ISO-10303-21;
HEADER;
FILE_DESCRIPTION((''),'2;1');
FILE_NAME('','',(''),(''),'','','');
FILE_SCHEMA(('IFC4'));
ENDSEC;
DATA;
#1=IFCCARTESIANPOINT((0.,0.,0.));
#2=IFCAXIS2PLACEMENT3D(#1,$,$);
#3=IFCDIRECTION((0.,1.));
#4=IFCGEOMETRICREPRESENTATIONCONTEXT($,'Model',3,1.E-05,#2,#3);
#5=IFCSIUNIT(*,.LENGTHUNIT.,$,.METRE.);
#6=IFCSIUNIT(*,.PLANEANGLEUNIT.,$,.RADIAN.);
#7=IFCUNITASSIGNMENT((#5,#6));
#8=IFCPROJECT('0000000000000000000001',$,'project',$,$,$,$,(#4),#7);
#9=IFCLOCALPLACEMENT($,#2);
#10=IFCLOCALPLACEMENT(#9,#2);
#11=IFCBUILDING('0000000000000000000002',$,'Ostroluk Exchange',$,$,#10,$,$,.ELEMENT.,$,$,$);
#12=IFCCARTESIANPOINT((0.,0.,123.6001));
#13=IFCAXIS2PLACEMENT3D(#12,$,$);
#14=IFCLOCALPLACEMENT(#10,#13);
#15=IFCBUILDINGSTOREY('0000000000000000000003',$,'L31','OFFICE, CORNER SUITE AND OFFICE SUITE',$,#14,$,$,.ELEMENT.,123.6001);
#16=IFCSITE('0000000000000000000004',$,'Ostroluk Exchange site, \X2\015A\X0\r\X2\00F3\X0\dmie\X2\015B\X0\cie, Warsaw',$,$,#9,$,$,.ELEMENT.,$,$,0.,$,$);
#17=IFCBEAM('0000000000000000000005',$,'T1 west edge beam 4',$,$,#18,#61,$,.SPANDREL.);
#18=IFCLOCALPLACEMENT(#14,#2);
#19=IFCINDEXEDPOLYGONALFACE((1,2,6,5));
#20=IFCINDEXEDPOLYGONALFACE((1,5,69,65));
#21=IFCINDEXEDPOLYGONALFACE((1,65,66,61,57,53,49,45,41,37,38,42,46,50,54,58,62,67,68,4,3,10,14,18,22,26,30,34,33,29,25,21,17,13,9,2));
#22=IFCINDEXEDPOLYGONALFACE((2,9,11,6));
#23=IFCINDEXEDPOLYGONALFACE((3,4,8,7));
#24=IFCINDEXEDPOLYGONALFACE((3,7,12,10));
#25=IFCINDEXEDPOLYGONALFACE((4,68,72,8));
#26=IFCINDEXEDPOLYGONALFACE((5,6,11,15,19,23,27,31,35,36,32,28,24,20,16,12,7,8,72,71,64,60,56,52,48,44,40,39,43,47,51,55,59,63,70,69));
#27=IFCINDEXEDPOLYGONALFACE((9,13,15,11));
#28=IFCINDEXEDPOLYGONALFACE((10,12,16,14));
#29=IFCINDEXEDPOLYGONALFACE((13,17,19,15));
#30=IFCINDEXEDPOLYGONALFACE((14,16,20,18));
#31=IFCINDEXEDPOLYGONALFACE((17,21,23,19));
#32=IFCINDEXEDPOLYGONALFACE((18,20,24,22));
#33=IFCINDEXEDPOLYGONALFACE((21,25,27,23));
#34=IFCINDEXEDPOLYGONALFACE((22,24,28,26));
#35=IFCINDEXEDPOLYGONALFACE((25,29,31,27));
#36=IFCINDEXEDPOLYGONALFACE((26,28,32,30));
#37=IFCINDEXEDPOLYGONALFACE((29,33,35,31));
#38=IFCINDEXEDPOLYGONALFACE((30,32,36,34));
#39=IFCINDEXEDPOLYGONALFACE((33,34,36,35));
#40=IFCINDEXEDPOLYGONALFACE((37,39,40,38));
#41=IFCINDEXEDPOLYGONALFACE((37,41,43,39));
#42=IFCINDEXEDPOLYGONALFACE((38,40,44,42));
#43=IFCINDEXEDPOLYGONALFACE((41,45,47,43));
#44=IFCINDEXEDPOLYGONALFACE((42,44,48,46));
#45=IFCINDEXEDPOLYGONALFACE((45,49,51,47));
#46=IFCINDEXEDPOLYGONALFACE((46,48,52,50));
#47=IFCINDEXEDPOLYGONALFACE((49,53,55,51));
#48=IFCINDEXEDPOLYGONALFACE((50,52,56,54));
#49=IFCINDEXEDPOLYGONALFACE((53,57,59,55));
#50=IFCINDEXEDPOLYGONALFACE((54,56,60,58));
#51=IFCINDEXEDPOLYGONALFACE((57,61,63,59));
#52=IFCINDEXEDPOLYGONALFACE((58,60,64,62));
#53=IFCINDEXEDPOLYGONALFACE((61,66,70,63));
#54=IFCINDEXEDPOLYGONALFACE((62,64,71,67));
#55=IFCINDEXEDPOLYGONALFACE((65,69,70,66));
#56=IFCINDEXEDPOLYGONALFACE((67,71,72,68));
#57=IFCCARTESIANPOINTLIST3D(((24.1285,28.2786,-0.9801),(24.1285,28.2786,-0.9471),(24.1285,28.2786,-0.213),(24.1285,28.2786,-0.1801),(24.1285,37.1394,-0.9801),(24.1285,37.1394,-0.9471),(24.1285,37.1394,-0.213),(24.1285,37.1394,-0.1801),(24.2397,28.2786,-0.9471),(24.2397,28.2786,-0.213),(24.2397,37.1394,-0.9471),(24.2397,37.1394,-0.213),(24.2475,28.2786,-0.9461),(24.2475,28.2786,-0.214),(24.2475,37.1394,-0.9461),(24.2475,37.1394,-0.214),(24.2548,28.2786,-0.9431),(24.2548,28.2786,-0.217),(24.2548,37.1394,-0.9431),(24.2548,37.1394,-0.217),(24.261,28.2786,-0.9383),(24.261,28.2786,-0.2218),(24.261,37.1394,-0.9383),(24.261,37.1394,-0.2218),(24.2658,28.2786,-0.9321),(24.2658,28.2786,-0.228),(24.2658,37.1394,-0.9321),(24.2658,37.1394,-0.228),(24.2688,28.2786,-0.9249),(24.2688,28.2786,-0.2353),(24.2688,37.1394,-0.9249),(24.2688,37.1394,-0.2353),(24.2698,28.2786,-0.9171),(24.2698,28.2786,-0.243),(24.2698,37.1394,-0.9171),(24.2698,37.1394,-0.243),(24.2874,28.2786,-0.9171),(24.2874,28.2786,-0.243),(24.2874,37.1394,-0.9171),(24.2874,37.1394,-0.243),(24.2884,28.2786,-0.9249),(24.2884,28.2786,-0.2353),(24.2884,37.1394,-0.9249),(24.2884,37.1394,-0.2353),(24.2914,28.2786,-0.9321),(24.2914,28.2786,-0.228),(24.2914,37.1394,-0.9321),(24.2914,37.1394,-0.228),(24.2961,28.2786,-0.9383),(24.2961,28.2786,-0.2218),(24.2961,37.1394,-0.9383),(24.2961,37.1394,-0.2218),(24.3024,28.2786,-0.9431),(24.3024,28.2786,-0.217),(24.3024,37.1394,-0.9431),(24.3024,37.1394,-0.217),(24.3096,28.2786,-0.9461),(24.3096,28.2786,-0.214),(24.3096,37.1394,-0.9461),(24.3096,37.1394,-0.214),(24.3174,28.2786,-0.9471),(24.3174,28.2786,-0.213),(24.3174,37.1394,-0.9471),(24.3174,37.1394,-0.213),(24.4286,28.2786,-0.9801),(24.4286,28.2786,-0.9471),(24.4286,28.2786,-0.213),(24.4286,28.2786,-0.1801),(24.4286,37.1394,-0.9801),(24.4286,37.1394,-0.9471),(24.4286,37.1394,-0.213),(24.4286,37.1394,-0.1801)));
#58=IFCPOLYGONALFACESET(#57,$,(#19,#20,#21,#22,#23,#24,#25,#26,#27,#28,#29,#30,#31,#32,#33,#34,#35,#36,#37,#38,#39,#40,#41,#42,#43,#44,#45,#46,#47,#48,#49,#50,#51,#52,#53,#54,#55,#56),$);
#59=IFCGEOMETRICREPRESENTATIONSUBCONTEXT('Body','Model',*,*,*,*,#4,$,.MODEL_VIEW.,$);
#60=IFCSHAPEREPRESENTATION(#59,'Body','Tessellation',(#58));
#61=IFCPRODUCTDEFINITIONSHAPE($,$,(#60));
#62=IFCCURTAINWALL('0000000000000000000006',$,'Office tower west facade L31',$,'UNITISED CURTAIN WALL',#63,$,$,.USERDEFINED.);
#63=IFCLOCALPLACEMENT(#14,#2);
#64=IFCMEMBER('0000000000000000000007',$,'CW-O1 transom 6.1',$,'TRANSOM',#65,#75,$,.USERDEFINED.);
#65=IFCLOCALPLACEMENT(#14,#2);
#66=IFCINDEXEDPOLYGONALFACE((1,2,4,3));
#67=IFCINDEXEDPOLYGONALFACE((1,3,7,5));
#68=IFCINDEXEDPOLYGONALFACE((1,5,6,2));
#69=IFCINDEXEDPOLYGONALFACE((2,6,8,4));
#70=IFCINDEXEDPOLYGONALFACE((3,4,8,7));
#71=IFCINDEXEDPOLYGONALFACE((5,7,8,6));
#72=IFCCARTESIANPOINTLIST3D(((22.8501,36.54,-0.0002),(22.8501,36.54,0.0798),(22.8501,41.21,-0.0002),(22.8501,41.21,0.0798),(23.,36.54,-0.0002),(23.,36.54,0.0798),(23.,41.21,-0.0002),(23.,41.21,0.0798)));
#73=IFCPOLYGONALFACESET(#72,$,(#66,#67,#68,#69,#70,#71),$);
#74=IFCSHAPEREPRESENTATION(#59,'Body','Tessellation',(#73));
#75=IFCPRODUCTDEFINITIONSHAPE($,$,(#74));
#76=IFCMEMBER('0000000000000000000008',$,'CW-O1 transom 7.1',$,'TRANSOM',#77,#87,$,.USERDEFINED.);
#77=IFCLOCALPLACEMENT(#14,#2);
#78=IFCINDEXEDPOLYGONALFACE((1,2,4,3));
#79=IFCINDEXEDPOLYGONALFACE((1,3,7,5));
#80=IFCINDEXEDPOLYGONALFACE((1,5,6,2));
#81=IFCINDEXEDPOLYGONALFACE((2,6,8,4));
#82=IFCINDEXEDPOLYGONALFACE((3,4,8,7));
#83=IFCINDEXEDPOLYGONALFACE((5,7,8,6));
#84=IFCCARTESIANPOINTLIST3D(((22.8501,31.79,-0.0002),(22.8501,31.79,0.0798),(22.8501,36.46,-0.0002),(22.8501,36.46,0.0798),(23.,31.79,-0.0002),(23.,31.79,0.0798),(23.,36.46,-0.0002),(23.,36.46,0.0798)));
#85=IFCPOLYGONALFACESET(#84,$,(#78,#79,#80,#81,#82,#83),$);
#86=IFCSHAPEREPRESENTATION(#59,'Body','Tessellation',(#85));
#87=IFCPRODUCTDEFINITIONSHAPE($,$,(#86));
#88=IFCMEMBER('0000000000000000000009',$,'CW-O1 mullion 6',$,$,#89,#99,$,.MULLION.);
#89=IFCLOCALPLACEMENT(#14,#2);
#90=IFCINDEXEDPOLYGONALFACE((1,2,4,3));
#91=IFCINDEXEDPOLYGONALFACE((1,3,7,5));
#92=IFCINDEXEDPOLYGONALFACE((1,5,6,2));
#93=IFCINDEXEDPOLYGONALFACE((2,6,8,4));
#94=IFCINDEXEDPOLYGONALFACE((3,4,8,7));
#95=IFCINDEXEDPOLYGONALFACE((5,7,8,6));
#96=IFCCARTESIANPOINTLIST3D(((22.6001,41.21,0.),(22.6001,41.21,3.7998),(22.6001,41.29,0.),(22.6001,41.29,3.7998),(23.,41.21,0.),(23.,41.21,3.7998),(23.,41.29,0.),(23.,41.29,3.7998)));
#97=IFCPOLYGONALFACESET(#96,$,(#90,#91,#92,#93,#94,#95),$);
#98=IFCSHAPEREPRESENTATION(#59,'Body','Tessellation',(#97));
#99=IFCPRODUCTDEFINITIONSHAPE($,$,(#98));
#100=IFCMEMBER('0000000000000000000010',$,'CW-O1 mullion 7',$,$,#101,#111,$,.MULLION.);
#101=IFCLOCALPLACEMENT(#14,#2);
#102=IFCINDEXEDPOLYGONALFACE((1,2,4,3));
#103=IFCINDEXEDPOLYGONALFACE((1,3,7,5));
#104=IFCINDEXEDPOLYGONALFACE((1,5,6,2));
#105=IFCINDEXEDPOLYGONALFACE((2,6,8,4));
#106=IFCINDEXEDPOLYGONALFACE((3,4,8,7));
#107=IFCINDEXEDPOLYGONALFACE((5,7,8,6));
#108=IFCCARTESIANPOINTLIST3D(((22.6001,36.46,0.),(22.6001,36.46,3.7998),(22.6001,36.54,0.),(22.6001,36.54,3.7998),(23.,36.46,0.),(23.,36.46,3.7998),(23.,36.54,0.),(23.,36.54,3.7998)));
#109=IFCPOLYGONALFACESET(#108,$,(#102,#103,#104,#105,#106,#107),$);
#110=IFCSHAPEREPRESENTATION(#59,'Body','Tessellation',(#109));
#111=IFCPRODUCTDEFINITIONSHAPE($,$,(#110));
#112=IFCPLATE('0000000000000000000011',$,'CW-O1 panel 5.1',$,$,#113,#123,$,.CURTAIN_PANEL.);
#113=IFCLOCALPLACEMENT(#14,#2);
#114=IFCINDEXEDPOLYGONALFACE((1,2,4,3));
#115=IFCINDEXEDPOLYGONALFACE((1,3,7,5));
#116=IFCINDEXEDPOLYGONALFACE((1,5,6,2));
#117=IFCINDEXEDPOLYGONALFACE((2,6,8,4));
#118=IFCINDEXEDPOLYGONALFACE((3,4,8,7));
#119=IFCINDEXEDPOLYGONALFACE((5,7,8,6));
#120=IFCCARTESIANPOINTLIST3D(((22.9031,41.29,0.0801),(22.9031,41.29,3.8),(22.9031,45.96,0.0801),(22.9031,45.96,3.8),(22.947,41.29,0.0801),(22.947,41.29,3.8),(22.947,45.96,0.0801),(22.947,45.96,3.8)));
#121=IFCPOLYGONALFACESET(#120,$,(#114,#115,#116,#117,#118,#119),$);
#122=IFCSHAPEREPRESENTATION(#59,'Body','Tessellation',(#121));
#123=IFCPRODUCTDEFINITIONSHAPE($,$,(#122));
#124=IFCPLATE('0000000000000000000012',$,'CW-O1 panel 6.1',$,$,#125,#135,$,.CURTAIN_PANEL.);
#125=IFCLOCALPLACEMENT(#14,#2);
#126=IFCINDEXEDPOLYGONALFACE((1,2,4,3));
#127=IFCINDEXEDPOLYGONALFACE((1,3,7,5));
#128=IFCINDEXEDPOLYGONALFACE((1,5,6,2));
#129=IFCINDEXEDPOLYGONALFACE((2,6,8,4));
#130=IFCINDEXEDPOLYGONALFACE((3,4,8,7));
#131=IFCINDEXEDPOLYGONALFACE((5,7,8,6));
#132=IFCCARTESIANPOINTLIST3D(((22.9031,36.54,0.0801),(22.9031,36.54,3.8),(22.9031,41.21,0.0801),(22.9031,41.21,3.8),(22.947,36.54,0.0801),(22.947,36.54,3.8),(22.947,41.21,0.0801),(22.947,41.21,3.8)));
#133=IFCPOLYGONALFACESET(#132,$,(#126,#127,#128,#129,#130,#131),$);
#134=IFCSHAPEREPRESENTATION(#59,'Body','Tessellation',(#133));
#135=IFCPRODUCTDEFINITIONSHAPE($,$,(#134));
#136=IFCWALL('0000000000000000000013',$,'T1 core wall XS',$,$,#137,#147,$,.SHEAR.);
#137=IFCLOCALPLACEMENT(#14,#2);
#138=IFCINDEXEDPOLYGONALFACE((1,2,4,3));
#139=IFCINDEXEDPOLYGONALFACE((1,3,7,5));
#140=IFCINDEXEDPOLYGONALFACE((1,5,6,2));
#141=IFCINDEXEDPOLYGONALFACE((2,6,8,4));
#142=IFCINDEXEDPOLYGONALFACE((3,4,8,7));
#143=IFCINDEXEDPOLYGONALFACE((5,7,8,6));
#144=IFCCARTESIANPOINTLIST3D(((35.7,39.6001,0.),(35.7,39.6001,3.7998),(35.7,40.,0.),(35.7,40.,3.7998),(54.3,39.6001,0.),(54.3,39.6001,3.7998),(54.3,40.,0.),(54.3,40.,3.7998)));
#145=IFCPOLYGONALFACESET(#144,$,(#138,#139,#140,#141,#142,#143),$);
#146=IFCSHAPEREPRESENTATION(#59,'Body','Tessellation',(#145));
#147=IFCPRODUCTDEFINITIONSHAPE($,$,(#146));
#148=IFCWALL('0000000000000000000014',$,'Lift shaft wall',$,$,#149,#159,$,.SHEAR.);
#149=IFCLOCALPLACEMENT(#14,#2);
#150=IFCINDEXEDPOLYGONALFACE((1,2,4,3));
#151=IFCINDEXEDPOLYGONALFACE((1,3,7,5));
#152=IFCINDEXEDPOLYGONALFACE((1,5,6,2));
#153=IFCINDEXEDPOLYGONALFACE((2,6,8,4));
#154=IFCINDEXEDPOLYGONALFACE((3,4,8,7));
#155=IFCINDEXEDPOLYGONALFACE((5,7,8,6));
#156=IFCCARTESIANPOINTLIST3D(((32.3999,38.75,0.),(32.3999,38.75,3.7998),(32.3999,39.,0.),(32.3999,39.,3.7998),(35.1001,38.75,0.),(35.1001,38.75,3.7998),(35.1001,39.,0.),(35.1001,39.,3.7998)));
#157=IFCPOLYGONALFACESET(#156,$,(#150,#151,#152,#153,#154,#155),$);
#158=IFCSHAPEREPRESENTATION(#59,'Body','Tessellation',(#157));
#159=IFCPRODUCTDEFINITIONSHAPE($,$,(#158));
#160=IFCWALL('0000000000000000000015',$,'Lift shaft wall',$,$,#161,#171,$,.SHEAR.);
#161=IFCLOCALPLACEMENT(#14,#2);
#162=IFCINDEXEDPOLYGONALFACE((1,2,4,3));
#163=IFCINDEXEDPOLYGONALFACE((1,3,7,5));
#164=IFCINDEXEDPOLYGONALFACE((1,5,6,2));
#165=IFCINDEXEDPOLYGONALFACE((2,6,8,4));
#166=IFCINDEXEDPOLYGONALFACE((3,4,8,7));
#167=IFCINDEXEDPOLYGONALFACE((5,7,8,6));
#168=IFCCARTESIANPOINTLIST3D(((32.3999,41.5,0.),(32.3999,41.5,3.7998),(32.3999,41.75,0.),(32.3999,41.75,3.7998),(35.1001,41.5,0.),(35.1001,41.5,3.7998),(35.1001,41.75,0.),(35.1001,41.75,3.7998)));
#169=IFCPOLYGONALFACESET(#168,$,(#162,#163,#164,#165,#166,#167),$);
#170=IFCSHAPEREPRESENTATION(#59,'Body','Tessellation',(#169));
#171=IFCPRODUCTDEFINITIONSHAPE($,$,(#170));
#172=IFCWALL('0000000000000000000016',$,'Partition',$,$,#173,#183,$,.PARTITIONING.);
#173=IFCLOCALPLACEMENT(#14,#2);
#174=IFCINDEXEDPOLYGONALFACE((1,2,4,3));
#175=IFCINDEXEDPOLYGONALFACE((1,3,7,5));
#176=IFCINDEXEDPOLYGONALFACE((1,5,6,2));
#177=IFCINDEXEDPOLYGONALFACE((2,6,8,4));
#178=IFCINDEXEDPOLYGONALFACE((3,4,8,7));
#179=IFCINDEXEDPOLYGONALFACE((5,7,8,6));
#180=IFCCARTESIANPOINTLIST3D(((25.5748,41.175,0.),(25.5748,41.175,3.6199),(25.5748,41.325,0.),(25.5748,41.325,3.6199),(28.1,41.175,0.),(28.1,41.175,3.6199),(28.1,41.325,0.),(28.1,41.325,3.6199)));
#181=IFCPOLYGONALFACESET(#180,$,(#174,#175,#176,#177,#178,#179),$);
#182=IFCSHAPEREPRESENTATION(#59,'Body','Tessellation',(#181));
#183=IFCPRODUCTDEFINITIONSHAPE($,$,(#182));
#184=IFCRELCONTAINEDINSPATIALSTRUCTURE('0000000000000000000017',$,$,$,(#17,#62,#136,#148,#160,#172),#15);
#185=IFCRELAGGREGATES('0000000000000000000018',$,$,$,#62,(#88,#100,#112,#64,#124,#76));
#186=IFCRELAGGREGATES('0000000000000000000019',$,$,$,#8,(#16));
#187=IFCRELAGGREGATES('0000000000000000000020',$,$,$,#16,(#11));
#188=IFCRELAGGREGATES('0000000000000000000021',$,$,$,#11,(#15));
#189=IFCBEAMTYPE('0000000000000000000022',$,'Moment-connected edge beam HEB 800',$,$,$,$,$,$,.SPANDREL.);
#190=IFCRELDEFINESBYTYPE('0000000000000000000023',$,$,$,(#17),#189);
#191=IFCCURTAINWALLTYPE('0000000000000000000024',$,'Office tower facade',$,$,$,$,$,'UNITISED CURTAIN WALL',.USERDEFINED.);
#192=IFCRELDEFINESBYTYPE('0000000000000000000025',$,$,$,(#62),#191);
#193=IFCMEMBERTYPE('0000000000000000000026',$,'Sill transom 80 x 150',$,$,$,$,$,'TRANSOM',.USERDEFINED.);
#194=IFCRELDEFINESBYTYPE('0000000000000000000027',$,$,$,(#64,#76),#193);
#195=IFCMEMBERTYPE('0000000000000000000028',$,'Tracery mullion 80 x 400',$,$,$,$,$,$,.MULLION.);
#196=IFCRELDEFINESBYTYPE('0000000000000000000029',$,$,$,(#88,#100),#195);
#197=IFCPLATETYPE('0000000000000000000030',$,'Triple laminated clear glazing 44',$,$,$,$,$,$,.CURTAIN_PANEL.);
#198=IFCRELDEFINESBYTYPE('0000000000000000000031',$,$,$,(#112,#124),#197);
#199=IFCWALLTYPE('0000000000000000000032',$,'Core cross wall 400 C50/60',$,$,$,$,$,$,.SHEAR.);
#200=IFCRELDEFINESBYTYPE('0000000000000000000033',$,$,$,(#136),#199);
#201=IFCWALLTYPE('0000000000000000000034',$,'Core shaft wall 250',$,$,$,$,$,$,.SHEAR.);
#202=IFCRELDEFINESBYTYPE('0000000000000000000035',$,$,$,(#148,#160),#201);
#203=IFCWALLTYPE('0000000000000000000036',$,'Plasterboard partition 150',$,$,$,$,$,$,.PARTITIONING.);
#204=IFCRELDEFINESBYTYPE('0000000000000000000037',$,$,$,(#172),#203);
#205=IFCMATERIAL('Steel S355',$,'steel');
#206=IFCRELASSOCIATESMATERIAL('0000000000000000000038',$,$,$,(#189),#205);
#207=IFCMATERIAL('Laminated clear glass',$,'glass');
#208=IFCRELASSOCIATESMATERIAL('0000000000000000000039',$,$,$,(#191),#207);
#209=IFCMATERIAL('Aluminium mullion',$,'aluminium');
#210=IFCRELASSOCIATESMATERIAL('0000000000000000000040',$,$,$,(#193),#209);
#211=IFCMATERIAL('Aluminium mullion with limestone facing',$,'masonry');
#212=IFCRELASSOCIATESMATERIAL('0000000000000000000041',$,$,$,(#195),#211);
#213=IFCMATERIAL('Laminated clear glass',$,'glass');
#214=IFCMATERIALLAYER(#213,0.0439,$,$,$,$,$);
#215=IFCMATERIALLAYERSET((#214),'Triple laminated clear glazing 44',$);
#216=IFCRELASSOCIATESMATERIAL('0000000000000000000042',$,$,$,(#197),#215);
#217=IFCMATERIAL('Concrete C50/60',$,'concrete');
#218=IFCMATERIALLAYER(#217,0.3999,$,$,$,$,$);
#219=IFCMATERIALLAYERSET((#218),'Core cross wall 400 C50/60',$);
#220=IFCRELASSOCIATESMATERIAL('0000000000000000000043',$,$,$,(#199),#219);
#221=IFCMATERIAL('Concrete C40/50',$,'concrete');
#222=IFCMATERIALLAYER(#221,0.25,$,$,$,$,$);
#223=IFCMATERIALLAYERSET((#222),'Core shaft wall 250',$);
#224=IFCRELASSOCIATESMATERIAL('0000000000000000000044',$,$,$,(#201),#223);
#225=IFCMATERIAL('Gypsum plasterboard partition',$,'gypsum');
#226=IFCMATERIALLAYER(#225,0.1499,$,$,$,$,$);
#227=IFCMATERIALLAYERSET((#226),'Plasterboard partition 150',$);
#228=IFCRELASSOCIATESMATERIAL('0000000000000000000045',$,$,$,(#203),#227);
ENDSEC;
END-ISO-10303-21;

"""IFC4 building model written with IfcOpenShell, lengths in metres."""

from ifc_helpers import new_model, si_unit, direction, frame, frame_2d, origin, origin_2d, place, context, subcontext, project, spatial, rectangle, i_section, extrude, material, layer, layer_set, material_profile, profile_set, type_object, element, aggregate, save


model = new_model("IFC4")

# Units and contexts
model_context = context("Model", 3, precision=1e-05, world=origin(), true_north=direction((0.0, 1.0)))
body_context = subcontext(model_context, "Body", "Model", "MODEL_VIEW")
ifc_project = project(units=[si_unit("LENGTHUNIT", "METRE"), si_unit("PLANEANGLEUNIT", "RADIAN")], contexts=[model_context])

# Site, building, storey
site_placement = place(None, origin())
site = spatial("IfcSite", under=ifc_project, at=site_placement, Name="Ostroluk Exchange site, Śródmieście, Warsaw", CompositionType="ELEMENT", RefElevation=0.0)
building_placement = place(site_placement, origin())
building = spatial("IfcBuilding", under=site, at=building_placement, Name="Ostroluk Exchange", CompositionType="ELEMENT")
storey_placement = place(building_placement, frame((0.0, 0.0, 123.6001)))
storey = spatial("IfcBuildingStorey", under=building, at=storey_placement, Name="L31", Description="OFFICE, CORNER SUITE AND OFFICE SUITE", CompositionType="ELEMENT", Elevation=123.6001)

# Beam
ifc_material_1 = material(Name="Steel S355", Category="steel")
ifc_material_profile_1 = material_profile(ifc_material_1, i_section(OverallWidth=0.3, OverallDepth=0.8, WebThickness=0.0176, FlangeThickness=0.033, FilletRadius=0.03, at=origin_2d()), Name="HEB 800")
ifc_profile_set_1 = profile_set([ifc_material_profile_1], Name="Steel S355")
beam_type_1 = type_object("IfcBeamType", Name="Moment-connected edge beam HEB 800", PredefinedType="SPANDREL", material=ifc_profile_set_1)
beam_1_placement = place(storey_placement, frame((24.2786, 37.1394, -0.5801), z_axis=(0.0, -1.0, 0.0), x_axis=(1.0, 0.0, 0.0)))
element("IfcBeam", 1, at=beam_1_placement, inside=storey, type_object=beam_type_1, Name="T1 west edge beam 4", PredefinedType="SPANDREL", context=body_context, shape_type="SweptSolid", body=[
    extrude(i_section(OverallWidth=0.3, OverallDepth=0.8, WebThickness=0.0176, FlangeThickness=0.033, FilletRadius=0.03, at=origin_2d()), origin(), (0.0, 0.0, 1.0), 8.8608),
])

# Curtain wall, members, plates
ifc_material_2 = material(Name="Laminated clear glass", Category="glass")
curtain_wall_type = type_object("IfcCurtainWallType", Name="Office tower facade", ElementType="UNITISED CURTAIN WALL", PredefinedType="USERDEFINED", material=ifc_material_2)
curtain_wall_placement = place(storey_placement, origin())
curtain_wall = element("IfcCurtainWall", 2, at=curtain_wall_placement, inside=storey, type_object=curtain_wall_type, Name="Office tower west facade L31", ObjectType="UNITISED CURTAIN WALL", PredefinedType="USERDEFINED")
ifc_material_3 = material(Name="Aluminium mullion", Category="aluminium")
ifc_material_profile_2 = material_profile(ifc_material_3, rectangle(XDim=0.1499, YDim=0.0801, at=origin_2d()), Name="Sill transom 80 x 150")
ifc_profile_set_2 = profile_set([ifc_material_profile_2], Name="Aluminium mullion")
member_type_1 = type_object("IfcMemberType", Name="Sill transom 80 x 150", ElementType="TRANSOM", PredefinedType="USERDEFINED", material=ifc_profile_set_2)
member_1_placement = place(storey_placement, frame((22.925, 41.21, 0.0398), z_axis=(0.0, -1.0, 0.0), x_axis=(1.0, 0.0, 0.0)))
member_1 = element("IfcMember", 3, at=member_1_placement, type_object=member_type_1, Name="CW-O1 transom 6.1", ObjectType="TRANSOM", PredefinedType="USERDEFINED", context=body_context, shape_type="SweptSolid", body=[
    extrude(rectangle(XDim=0.1499, YDim=0.0801, at=origin_2d()), origin(), (0.0, 0.0, 1.0), 4.6699),
])
member_2_placement = place(storey_placement, frame((22.925, 36.46, 0.0398), z_axis=(0.0, -1.0, 0.0), x_axis=(1.0, 0.0, 0.0)))
member_2 = element("IfcMember", 4, at=member_2_placement, type_object=member_type_1, Name="CW-O1 transom 7.1", ObjectType="TRANSOM", PredefinedType="USERDEFINED", context=body_context, shape_type="SweptSolid", body=[
    extrude(rectangle(XDim=0.1499, YDim=0.0801, at=origin_2d()), origin(), (0.0, 0.0, 1.0), 4.6699),
])
ifc_material_4 = material(Name="Aluminium mullion with limestone facing", Category="masonry")
ifc_material_profile_3 = material_profile(ifc_material_4, rectangle(XDim=0.3999, YDim=0.0801, at=origin_2d()), Name="Tracery mullion 80 x 400")
ifc_profile_set_3 = profile_set([ifc_material_profile_3], Name="Aluminium mullion with limestone facing")
member_type_2 = type_object("IfcMemberType", Name="Tracery mullion 80 x 400", PredefinedType="MULLION", material=ifc_profile_set_3)
member_3_placement = place(storey_placement, frame((22.8, 41.25, 0.0), z_axis=(0.0, 0.0, 1.0), x_axis=(1.0, 0.0, 0.0)))
member_3 = element("IfcMember", 5, at=member_3_placement, type_object=member_type_2, Name="CW-O1 mullion 6", PredefinedType="MULLION", context=body_context, shape_type="SweptSolid", body=[
    extrude(rectangle(XDim=0.3999, YDim=0.0801, at=origin_2d()), origin(), (0.0, 0.0, 1.0), 3.7998),
])
member_4_placement = place(storey_placement, frame((22.8, 36.5, 0.0), z_axis=(0.0, 0.0, 1.0), x_axis=(1.0, 0.0, 0.0)))
member_4 = element("IfcMember", 6, at=member_4_placement, type_object=member_type_2, Name="CW-O1 mullion 7", PredefinedType="MULLION", context=body_context, shape_type="SweptSolid", body=[
    extrude(rectangle(XDim=0.3999, YDim=0.0801, at=origin_2d()), origin(), (0.0, 0.0, 1.0), 3.7998),
])
ifc_material_5 = material(Name="Laminated clear glass", Category="glass")
ifc_layer_1 = layer(ifc_material_5, 0.0439)
ifc_layer_set_1 = layer_set([ifc_layer_1], Name="Triple laminated clear glazing 44")
plate_type = type_object("IfcPlateType", Name="Triple laminated clear glazing 44", PredefinedType="CURTAIN_PANEL", material=ifc_layer_set_1)
plate_1_placement = place(storey_placement, frame((22.925, 43.625, 0.0801), z_axis=(0.0, 0.0, 1.0), x_axis=(0.0, -1.0, 0.0)))
plate_1 = element("IfcPlate", 7, at=plate_1_placement, type_object=plate_type, Name="CW-O1 panel 5.1", PredefinedType="CURTAIN_PANEL", context=body_context, shape_type="SweptSolid", body=[
    extrude(rectangle(XDim=4.6699, YDim=0.0439, at=origin_2d()), origin(), (0.0, 0.0, 1.0), 3.72),
])
plate_2_placement = place(storey_placement, frame((22.925, 38.875, 0.0801), z_axis=(0.0, 0.0, 1.0), x_axis=(0.0, -1.0, 0.0)))
plate_2 = element("IfcPlate", 8, at=plate_2_placement, type_object=plate_type, Name="CW-O1 panel 6.1", PredefinedType="CURTAIN_PANEL", context=body_context, shape_type="SweptSolid", body=[
    extrude(rectangle(XDim=4.6699, YDim=0.0439, at=origin_2d()), origin(), (0.0, 0.0, 1.0), 3.72),
])
aggregate(curtain_wall, [member_3, member_4, plate_1, member_1, plate_2, member_2])

# Walls
ifc_material_6 = material(Name="Concrete C50/60", Category="concrete")
ifc_layer_2 = layer(ifc_material_6, 0.3999)
ifc_layer_set_2 = layer_set([ifc_layer_2], Name="Core cross wall 400 C50/60")
wall_type_1 = type_object("IfcWallType", Name="Core cross wall 400 C50/60", PredefinedType="SHEAR", material=ifc_layer_set_2)
wall_1_placement = place(storey_placement, frame((35.7, 39.8, 0.0), z_axis=(0.0, 0.0, 1.0), x_axis=(1.0, 0.0, 0.0)))
element("IfcWall", 9, at=wall_1_placement, inside=storey, type_object=wall_type_1, Name="T1 core wall XS", PredefinedType="SHEAR", context=body_context, shape_type="SweptSolid", body=[
    extrude(rectangle(XDim=18.6001, YDim=0.3999, at=frame_2d((9.3, 0.0))), origin(), (0.0, 0.0, 1.0), 3.7998),
])
ifc_material_7 = material(Name="Concrete C40/50", Category="concrete")
ifc_layer_3 = layer(ifc_material_7, 0.25)
ifc_layer_set_3 = layer_set([ifc_layer_3], Name="Core shaft wall 250")
wall_type_2 = type_object("IfcWallType", Name="Core shaft wall 250", PredefinedType="SHEAR", material=ifc_layer_set_3)
for number, where, z_axis, x_axis, name in (
    (10, (32.3999, 38.875, 0.0), (0.0, 0.0, 1.0), (1.0, 0.0, 0.0), "Lift shaft wall"),
    (11, (32.3999, 41.625, 0.0), (0.0, 0.0, 1.0), (1.0, 0.0, 0.0), "Lift shaft wall"),
):
    element("IfcWall", number, at=place(storey_placement, frame(where, z_axis=z_axis, x_axis=x_axis)), inside=storey, type_object=wall_type_2, Name=name, PredefinedType="SHEAR", context=body_context, shape_type="SweptSolid", body=[
        extrude(rectangle(XDim=2.7002, YDim=0.25, at=frame_2d((1.3501, 0.0))), origin(), (0.0, 0.0, 1.0), 3.7998),
    ])

# Wall
ifc_material_8 = material(Name="Gypsum plasterboard partition", Category="gypsum")
ifc_layer_4 = layer(ifc_material_8, 0.1499)
ifc_layer_set_4 = layer_set([ifc_layer_4], Name="Plasterboard partition 150")
wall_type_3 = type_object("IfcWallType", Name="Plasterboard partition 150", PredefinedType="PARTITIONING", material=ifc_layer_set_4)
wall_2_placement = place(storey_placement, frame((28.1001, 41.25, 0.0), z_axis=(0.0, 0.0, 1.0), x_axis=(-1.0, 0.0, 0.0)))
element("IfcWall", 12, at=wall_2_placement, inside=storey, type_object=wall_type_3, Name="Partition", PredefinedType="PARTITIONING", context=body_context, shape_type="SweptSolid", body=[
    extrude(rectangle(XDim=2.5251, YDim=0.1499, at=frame_2d((1.2627, 0.0))), origin(), (0.0, 0.0, 1.0), 3.6199),
])

save(model, "model.ifc")
